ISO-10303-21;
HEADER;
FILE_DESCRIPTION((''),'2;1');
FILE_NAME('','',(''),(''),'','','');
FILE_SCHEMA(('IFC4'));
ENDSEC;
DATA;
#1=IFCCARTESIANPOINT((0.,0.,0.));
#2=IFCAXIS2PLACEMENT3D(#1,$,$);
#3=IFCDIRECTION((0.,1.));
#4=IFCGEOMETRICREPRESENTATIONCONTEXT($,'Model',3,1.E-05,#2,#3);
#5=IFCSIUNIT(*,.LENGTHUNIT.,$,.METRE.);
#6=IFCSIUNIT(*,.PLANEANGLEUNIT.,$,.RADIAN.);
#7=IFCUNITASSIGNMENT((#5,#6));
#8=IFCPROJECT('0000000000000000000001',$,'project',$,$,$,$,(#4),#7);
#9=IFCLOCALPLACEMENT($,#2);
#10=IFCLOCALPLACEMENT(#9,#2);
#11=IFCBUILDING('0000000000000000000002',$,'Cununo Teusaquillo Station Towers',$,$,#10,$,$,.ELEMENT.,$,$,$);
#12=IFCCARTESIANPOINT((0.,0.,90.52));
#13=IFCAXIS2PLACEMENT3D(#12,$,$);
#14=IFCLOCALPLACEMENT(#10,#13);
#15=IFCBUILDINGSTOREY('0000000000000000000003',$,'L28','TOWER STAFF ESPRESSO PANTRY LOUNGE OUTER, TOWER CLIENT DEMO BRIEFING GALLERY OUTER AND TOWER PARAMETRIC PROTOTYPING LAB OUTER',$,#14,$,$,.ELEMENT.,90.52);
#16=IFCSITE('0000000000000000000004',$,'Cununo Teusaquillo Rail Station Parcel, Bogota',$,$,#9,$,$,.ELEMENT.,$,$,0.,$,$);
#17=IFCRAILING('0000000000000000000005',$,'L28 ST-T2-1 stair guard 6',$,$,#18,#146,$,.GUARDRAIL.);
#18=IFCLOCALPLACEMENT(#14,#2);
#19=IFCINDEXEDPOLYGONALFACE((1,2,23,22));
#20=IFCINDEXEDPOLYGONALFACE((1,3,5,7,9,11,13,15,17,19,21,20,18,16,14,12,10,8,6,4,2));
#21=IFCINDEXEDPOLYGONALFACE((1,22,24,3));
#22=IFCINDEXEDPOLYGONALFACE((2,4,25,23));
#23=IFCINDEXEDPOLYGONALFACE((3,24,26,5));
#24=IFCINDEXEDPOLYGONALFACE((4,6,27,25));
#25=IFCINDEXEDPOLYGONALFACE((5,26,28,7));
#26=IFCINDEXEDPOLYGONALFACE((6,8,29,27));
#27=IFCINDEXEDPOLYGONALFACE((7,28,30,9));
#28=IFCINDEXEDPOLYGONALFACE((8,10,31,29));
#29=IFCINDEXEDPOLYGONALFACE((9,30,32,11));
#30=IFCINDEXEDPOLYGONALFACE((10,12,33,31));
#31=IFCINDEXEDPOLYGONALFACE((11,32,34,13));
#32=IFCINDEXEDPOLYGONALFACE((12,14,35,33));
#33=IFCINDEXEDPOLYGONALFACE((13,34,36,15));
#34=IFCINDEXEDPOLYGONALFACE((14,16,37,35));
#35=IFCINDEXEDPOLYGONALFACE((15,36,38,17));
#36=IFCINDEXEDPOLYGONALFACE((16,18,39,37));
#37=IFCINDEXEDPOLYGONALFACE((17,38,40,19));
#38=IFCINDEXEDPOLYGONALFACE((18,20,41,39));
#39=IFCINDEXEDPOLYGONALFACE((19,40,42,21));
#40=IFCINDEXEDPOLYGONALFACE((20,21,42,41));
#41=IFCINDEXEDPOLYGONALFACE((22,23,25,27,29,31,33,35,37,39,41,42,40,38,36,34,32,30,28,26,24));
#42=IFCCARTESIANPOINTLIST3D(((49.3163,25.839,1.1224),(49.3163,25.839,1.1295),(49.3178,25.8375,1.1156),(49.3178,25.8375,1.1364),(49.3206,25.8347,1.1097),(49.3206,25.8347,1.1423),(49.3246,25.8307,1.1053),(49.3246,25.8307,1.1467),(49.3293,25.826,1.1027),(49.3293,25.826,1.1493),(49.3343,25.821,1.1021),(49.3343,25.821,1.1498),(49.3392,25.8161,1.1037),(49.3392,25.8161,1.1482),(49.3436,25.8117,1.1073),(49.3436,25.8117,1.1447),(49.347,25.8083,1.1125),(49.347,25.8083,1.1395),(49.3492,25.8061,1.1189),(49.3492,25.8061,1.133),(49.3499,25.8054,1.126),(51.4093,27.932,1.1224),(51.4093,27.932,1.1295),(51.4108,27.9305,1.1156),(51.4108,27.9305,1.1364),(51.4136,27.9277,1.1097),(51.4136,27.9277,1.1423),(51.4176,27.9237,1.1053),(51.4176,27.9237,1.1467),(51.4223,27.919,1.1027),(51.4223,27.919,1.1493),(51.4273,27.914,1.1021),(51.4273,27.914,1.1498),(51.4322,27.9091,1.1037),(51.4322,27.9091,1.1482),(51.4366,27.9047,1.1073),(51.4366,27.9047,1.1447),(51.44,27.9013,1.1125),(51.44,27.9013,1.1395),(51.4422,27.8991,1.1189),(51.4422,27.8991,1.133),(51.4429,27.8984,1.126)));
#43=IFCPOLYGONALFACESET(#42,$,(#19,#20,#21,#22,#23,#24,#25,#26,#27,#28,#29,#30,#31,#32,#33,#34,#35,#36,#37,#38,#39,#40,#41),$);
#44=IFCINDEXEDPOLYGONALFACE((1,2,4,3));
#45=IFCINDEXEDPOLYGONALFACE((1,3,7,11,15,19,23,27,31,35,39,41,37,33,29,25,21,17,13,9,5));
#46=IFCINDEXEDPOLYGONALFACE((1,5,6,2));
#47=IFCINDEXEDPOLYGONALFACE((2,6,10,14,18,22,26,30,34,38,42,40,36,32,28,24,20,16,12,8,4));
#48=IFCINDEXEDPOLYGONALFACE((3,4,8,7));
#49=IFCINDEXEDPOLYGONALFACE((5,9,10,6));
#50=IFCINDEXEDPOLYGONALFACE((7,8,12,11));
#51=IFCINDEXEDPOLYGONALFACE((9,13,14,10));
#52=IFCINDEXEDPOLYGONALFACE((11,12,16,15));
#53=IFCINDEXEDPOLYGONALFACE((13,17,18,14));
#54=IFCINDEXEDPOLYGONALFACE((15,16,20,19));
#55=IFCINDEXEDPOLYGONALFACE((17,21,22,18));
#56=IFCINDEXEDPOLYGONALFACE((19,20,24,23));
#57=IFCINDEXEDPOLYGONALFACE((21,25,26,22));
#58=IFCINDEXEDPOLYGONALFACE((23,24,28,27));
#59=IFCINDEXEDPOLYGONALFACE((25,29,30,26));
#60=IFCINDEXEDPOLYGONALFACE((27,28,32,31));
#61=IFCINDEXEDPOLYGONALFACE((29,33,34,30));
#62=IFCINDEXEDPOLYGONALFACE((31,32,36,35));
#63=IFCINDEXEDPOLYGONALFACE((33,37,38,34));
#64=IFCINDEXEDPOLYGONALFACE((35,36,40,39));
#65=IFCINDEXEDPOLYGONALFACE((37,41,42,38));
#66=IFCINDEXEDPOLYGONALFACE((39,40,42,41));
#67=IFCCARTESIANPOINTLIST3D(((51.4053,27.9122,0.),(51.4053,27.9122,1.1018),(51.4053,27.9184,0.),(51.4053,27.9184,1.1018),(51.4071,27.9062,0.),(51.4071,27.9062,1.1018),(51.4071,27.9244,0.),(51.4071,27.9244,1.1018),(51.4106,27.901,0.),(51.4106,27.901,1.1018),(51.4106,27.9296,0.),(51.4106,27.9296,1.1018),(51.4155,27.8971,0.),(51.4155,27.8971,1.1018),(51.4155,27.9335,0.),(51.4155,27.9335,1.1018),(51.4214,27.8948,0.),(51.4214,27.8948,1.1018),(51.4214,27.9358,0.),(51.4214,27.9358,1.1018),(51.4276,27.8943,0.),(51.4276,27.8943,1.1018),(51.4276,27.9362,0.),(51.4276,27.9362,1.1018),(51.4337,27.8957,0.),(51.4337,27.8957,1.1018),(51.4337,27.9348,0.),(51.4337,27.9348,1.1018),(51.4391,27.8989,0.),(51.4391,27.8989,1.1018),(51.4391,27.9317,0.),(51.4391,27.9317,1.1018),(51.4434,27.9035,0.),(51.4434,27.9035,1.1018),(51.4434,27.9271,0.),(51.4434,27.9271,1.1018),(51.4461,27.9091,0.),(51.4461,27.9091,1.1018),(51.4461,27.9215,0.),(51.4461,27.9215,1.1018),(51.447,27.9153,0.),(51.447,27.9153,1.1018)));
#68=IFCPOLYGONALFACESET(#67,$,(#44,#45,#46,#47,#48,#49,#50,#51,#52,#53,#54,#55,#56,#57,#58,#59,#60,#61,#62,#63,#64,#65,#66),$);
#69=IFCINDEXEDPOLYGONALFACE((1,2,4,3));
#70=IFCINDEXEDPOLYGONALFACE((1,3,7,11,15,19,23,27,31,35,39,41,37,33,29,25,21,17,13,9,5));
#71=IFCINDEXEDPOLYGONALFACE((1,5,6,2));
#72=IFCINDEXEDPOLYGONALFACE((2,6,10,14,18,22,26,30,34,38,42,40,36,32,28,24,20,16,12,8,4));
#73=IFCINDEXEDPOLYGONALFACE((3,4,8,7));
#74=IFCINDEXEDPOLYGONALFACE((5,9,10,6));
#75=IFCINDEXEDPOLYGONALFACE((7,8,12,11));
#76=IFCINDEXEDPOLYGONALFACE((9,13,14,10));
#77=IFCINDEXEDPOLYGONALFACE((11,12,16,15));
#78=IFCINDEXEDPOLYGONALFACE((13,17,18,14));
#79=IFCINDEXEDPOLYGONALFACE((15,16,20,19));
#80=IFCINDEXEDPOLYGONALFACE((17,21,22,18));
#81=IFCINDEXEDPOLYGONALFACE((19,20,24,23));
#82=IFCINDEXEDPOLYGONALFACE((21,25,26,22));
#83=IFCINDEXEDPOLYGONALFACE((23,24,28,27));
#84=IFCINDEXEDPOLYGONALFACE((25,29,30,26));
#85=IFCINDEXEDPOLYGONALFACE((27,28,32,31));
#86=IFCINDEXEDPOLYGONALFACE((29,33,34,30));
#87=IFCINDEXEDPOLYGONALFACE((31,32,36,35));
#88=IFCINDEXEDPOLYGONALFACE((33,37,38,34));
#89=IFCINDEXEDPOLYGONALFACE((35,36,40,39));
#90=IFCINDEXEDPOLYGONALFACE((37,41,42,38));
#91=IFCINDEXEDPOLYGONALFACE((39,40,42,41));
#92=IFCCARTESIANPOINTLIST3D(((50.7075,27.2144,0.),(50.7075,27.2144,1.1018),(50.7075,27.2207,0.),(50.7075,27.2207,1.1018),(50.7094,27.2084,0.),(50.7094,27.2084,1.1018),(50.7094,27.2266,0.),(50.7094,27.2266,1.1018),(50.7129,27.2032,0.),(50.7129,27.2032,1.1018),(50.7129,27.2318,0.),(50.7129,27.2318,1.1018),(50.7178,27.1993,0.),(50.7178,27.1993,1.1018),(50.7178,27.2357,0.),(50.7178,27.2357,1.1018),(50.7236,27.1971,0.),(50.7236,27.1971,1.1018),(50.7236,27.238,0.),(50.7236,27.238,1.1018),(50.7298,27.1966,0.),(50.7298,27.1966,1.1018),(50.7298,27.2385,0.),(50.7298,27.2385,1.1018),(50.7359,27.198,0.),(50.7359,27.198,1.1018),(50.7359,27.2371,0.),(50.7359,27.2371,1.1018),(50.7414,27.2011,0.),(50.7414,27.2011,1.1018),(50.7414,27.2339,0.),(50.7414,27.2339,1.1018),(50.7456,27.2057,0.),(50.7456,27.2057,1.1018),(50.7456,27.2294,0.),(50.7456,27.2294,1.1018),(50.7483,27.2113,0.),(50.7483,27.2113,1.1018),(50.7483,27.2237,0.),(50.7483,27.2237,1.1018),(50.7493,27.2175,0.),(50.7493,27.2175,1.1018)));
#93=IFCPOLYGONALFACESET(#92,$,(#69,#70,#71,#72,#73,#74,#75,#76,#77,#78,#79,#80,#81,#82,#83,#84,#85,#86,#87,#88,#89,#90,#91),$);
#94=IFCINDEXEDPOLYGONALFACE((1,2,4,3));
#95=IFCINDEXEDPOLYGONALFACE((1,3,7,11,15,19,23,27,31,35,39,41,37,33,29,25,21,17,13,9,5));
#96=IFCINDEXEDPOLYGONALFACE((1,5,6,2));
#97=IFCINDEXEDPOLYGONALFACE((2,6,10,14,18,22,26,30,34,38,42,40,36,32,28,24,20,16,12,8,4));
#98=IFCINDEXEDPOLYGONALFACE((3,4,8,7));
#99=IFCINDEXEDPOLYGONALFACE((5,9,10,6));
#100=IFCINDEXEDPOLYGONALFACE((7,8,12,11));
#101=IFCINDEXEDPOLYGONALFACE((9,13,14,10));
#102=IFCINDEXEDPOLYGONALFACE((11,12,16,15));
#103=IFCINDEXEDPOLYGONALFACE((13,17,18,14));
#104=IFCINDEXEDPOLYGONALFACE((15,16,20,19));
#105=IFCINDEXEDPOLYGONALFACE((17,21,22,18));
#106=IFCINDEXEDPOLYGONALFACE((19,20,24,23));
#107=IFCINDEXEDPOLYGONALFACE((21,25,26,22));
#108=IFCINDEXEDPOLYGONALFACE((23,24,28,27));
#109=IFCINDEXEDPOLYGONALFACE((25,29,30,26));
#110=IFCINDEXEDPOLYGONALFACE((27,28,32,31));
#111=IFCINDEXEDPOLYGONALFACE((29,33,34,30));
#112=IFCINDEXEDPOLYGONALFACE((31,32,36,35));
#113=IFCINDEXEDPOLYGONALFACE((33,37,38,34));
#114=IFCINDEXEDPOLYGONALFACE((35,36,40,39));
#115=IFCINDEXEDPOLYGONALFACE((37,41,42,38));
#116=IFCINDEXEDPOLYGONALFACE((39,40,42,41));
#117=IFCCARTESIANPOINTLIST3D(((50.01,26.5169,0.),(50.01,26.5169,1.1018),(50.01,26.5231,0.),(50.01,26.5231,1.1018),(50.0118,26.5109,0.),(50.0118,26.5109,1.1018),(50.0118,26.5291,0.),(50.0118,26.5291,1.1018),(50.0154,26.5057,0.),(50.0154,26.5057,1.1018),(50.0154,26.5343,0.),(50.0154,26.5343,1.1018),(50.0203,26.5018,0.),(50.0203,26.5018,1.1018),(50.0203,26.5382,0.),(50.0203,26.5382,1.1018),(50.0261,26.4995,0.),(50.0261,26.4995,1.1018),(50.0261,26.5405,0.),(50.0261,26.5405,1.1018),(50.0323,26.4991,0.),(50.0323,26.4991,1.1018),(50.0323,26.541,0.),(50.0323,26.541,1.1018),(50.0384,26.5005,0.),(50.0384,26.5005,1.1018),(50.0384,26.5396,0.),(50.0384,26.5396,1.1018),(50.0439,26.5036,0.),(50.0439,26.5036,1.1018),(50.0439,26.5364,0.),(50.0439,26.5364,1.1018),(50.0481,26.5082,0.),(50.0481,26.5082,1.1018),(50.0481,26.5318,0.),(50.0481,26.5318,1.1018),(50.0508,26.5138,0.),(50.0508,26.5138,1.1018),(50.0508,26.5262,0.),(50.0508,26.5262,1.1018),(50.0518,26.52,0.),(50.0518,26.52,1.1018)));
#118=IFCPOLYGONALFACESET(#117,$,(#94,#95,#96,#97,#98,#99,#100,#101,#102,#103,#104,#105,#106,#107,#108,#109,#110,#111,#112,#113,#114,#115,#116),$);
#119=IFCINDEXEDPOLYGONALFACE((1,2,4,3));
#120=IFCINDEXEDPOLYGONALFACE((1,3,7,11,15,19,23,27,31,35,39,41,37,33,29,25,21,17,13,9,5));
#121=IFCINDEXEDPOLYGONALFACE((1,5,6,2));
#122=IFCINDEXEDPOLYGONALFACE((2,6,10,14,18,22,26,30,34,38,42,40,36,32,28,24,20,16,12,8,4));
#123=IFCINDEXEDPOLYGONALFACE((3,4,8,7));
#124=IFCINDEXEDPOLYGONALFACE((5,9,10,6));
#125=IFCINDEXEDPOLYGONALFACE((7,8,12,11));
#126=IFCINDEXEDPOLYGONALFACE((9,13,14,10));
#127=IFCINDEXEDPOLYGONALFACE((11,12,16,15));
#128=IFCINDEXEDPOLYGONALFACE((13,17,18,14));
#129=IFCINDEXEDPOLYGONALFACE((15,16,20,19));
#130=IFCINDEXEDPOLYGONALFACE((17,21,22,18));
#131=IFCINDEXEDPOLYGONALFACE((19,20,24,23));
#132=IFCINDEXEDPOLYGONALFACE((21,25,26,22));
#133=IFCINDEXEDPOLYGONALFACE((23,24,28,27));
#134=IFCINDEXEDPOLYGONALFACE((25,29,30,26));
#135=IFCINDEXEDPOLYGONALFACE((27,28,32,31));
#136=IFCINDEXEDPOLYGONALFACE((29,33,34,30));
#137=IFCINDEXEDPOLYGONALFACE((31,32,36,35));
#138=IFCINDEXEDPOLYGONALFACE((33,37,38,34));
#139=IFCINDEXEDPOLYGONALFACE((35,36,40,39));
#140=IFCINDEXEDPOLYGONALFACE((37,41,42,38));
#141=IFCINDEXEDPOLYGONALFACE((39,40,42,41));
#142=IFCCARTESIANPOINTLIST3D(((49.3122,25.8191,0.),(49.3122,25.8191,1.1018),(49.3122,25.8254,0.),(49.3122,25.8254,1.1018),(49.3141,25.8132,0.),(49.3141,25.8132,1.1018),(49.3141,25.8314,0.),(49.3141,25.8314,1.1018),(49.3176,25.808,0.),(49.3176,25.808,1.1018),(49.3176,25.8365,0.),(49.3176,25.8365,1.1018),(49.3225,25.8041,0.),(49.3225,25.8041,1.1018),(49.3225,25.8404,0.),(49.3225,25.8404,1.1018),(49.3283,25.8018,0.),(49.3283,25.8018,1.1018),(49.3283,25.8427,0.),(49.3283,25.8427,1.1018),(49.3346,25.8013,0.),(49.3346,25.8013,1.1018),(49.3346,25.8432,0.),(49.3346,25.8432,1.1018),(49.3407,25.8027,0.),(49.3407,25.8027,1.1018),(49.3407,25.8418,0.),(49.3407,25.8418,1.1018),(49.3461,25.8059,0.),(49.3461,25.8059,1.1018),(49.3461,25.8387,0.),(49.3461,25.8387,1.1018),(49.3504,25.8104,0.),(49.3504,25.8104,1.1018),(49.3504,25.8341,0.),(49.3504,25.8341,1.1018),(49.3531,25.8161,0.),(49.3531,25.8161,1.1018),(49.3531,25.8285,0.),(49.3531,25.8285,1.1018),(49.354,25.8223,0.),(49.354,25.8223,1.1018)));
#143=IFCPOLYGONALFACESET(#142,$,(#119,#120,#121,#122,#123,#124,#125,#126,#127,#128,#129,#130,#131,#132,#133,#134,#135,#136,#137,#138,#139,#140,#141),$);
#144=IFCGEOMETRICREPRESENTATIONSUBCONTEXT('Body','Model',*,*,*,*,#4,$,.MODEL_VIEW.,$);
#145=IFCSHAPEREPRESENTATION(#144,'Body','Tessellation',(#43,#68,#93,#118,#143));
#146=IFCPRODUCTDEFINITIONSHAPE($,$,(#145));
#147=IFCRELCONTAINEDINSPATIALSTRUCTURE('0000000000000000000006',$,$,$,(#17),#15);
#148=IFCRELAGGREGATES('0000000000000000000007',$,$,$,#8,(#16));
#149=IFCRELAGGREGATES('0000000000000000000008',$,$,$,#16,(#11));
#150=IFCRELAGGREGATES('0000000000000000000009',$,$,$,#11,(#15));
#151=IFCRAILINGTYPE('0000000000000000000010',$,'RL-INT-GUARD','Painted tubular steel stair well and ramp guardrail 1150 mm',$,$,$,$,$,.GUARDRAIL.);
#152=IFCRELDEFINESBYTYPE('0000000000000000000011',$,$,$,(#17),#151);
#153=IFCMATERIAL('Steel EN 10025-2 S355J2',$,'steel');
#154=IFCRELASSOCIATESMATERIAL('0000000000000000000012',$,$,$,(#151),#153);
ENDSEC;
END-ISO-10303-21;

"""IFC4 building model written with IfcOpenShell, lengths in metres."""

from ifc_helpers import new_model, si_unit, direction, frame, origin, origin_2d, place, context, subcontext, project, spatial, circle, extrude, material, type_object, element, save


model = new_model("IFC4")

# Units and contexts
model_context = context("Model", 3, precision=1e-05, world=origin(), true_north=direction((0.0, 1.0)))
body_context = subcontext(model_context, "Body", "Model", "MODEL_VIEW")
ifc_project = project(units=[si_unit("LENGTHUNIT", "METRE"), si_unit("PLANEANGLEUNIT", "RADIAN")], contexts=[model_context])

# Site, building, storey
site_placement = place(None, origin())
site = spatial("IfcSite", under=ifc_project, at=site_placement, Name="Cununo Teusaquillo Rail Station Parcel, Bogota", CompositionType="ELEMENT", RefElevation=0.0)
building_placement = place(site_placement, origin())
building = spatial("IfcBuilding", under=site, at=building_placement, Name="Cununo Teusaquillo Station Towers", CompositionType="ELEMENT")
storey_placement = place(building_placement, frame((0.0, 0.0, 90.52)))
storey = spatial("IfcBuildingStorey", under=building, at=storey_placement, Name="L28", Description="TOWER STAFF ESPRESSO PANTRY LOUNGE OUTER, TOWER CLIENT DEMO BRIEFING GALLERY OUTER AND TOWER PARAMETRIC PROTOTYPING LAB OUTER", CompositionType="ELEMENT", Elevation=90.52)

# Railing
ifc_material_1 = material(Name="Steel EN 10025-2 S355J2", Category="steel")
railing_type = type_object("IfcRailingType", Name="RL-INT-GUARD", Description="Painted tubular steel stair well and ramp guardrail 1150 mm", PredefinedType="GUARDRAIL", material=ifc_material_1)
railing_1_placement = place(storey_placement, frame((51.426, 27.9153, 0.0)))
element("IfcRailing", 1, at=railing_1_placement, inside=storey, type_object=railing_type, Name="L28 ST-T2-1 stair guard 6", PredefinedType="GUARDRAIL", context=body_context, shape_type="SweptSolid", body=[
    extrude(circle(Radius=0.0239, at=origin_2d()), frame((0.0, 0.0, 1.126), z_axis=(-0.707107, -0.707107, 0.0), x_axis=(0.707107, -0.707107, 0.0)), (0.0, 0.0, 1.0), 2.96),
    extrude(circle(Radius=0.021, at=origin_2d()), origin(), (0.0, 0.0, 1.0), 1.1018),
    extrude(circle(Radius=0.021, at=origin_2d()), frame((-0.6978, -0.6978, 0.0)), (0.0, 0.0, 1.0), 1.1018),
    extrude(circle(Radius=0.021, at=origin_2d()), frame((-1.3953, -1.3953, 0.0)), (0.0, 0.0, 1.0), 1.1018),
    extrude(circle(Radius=0.021, at=origin_2d()), frame((-2.093, -2.093, 0.0)), (0.0, 0.0, 1.0), 1.1018),
])

save(model, "model.ifc")
